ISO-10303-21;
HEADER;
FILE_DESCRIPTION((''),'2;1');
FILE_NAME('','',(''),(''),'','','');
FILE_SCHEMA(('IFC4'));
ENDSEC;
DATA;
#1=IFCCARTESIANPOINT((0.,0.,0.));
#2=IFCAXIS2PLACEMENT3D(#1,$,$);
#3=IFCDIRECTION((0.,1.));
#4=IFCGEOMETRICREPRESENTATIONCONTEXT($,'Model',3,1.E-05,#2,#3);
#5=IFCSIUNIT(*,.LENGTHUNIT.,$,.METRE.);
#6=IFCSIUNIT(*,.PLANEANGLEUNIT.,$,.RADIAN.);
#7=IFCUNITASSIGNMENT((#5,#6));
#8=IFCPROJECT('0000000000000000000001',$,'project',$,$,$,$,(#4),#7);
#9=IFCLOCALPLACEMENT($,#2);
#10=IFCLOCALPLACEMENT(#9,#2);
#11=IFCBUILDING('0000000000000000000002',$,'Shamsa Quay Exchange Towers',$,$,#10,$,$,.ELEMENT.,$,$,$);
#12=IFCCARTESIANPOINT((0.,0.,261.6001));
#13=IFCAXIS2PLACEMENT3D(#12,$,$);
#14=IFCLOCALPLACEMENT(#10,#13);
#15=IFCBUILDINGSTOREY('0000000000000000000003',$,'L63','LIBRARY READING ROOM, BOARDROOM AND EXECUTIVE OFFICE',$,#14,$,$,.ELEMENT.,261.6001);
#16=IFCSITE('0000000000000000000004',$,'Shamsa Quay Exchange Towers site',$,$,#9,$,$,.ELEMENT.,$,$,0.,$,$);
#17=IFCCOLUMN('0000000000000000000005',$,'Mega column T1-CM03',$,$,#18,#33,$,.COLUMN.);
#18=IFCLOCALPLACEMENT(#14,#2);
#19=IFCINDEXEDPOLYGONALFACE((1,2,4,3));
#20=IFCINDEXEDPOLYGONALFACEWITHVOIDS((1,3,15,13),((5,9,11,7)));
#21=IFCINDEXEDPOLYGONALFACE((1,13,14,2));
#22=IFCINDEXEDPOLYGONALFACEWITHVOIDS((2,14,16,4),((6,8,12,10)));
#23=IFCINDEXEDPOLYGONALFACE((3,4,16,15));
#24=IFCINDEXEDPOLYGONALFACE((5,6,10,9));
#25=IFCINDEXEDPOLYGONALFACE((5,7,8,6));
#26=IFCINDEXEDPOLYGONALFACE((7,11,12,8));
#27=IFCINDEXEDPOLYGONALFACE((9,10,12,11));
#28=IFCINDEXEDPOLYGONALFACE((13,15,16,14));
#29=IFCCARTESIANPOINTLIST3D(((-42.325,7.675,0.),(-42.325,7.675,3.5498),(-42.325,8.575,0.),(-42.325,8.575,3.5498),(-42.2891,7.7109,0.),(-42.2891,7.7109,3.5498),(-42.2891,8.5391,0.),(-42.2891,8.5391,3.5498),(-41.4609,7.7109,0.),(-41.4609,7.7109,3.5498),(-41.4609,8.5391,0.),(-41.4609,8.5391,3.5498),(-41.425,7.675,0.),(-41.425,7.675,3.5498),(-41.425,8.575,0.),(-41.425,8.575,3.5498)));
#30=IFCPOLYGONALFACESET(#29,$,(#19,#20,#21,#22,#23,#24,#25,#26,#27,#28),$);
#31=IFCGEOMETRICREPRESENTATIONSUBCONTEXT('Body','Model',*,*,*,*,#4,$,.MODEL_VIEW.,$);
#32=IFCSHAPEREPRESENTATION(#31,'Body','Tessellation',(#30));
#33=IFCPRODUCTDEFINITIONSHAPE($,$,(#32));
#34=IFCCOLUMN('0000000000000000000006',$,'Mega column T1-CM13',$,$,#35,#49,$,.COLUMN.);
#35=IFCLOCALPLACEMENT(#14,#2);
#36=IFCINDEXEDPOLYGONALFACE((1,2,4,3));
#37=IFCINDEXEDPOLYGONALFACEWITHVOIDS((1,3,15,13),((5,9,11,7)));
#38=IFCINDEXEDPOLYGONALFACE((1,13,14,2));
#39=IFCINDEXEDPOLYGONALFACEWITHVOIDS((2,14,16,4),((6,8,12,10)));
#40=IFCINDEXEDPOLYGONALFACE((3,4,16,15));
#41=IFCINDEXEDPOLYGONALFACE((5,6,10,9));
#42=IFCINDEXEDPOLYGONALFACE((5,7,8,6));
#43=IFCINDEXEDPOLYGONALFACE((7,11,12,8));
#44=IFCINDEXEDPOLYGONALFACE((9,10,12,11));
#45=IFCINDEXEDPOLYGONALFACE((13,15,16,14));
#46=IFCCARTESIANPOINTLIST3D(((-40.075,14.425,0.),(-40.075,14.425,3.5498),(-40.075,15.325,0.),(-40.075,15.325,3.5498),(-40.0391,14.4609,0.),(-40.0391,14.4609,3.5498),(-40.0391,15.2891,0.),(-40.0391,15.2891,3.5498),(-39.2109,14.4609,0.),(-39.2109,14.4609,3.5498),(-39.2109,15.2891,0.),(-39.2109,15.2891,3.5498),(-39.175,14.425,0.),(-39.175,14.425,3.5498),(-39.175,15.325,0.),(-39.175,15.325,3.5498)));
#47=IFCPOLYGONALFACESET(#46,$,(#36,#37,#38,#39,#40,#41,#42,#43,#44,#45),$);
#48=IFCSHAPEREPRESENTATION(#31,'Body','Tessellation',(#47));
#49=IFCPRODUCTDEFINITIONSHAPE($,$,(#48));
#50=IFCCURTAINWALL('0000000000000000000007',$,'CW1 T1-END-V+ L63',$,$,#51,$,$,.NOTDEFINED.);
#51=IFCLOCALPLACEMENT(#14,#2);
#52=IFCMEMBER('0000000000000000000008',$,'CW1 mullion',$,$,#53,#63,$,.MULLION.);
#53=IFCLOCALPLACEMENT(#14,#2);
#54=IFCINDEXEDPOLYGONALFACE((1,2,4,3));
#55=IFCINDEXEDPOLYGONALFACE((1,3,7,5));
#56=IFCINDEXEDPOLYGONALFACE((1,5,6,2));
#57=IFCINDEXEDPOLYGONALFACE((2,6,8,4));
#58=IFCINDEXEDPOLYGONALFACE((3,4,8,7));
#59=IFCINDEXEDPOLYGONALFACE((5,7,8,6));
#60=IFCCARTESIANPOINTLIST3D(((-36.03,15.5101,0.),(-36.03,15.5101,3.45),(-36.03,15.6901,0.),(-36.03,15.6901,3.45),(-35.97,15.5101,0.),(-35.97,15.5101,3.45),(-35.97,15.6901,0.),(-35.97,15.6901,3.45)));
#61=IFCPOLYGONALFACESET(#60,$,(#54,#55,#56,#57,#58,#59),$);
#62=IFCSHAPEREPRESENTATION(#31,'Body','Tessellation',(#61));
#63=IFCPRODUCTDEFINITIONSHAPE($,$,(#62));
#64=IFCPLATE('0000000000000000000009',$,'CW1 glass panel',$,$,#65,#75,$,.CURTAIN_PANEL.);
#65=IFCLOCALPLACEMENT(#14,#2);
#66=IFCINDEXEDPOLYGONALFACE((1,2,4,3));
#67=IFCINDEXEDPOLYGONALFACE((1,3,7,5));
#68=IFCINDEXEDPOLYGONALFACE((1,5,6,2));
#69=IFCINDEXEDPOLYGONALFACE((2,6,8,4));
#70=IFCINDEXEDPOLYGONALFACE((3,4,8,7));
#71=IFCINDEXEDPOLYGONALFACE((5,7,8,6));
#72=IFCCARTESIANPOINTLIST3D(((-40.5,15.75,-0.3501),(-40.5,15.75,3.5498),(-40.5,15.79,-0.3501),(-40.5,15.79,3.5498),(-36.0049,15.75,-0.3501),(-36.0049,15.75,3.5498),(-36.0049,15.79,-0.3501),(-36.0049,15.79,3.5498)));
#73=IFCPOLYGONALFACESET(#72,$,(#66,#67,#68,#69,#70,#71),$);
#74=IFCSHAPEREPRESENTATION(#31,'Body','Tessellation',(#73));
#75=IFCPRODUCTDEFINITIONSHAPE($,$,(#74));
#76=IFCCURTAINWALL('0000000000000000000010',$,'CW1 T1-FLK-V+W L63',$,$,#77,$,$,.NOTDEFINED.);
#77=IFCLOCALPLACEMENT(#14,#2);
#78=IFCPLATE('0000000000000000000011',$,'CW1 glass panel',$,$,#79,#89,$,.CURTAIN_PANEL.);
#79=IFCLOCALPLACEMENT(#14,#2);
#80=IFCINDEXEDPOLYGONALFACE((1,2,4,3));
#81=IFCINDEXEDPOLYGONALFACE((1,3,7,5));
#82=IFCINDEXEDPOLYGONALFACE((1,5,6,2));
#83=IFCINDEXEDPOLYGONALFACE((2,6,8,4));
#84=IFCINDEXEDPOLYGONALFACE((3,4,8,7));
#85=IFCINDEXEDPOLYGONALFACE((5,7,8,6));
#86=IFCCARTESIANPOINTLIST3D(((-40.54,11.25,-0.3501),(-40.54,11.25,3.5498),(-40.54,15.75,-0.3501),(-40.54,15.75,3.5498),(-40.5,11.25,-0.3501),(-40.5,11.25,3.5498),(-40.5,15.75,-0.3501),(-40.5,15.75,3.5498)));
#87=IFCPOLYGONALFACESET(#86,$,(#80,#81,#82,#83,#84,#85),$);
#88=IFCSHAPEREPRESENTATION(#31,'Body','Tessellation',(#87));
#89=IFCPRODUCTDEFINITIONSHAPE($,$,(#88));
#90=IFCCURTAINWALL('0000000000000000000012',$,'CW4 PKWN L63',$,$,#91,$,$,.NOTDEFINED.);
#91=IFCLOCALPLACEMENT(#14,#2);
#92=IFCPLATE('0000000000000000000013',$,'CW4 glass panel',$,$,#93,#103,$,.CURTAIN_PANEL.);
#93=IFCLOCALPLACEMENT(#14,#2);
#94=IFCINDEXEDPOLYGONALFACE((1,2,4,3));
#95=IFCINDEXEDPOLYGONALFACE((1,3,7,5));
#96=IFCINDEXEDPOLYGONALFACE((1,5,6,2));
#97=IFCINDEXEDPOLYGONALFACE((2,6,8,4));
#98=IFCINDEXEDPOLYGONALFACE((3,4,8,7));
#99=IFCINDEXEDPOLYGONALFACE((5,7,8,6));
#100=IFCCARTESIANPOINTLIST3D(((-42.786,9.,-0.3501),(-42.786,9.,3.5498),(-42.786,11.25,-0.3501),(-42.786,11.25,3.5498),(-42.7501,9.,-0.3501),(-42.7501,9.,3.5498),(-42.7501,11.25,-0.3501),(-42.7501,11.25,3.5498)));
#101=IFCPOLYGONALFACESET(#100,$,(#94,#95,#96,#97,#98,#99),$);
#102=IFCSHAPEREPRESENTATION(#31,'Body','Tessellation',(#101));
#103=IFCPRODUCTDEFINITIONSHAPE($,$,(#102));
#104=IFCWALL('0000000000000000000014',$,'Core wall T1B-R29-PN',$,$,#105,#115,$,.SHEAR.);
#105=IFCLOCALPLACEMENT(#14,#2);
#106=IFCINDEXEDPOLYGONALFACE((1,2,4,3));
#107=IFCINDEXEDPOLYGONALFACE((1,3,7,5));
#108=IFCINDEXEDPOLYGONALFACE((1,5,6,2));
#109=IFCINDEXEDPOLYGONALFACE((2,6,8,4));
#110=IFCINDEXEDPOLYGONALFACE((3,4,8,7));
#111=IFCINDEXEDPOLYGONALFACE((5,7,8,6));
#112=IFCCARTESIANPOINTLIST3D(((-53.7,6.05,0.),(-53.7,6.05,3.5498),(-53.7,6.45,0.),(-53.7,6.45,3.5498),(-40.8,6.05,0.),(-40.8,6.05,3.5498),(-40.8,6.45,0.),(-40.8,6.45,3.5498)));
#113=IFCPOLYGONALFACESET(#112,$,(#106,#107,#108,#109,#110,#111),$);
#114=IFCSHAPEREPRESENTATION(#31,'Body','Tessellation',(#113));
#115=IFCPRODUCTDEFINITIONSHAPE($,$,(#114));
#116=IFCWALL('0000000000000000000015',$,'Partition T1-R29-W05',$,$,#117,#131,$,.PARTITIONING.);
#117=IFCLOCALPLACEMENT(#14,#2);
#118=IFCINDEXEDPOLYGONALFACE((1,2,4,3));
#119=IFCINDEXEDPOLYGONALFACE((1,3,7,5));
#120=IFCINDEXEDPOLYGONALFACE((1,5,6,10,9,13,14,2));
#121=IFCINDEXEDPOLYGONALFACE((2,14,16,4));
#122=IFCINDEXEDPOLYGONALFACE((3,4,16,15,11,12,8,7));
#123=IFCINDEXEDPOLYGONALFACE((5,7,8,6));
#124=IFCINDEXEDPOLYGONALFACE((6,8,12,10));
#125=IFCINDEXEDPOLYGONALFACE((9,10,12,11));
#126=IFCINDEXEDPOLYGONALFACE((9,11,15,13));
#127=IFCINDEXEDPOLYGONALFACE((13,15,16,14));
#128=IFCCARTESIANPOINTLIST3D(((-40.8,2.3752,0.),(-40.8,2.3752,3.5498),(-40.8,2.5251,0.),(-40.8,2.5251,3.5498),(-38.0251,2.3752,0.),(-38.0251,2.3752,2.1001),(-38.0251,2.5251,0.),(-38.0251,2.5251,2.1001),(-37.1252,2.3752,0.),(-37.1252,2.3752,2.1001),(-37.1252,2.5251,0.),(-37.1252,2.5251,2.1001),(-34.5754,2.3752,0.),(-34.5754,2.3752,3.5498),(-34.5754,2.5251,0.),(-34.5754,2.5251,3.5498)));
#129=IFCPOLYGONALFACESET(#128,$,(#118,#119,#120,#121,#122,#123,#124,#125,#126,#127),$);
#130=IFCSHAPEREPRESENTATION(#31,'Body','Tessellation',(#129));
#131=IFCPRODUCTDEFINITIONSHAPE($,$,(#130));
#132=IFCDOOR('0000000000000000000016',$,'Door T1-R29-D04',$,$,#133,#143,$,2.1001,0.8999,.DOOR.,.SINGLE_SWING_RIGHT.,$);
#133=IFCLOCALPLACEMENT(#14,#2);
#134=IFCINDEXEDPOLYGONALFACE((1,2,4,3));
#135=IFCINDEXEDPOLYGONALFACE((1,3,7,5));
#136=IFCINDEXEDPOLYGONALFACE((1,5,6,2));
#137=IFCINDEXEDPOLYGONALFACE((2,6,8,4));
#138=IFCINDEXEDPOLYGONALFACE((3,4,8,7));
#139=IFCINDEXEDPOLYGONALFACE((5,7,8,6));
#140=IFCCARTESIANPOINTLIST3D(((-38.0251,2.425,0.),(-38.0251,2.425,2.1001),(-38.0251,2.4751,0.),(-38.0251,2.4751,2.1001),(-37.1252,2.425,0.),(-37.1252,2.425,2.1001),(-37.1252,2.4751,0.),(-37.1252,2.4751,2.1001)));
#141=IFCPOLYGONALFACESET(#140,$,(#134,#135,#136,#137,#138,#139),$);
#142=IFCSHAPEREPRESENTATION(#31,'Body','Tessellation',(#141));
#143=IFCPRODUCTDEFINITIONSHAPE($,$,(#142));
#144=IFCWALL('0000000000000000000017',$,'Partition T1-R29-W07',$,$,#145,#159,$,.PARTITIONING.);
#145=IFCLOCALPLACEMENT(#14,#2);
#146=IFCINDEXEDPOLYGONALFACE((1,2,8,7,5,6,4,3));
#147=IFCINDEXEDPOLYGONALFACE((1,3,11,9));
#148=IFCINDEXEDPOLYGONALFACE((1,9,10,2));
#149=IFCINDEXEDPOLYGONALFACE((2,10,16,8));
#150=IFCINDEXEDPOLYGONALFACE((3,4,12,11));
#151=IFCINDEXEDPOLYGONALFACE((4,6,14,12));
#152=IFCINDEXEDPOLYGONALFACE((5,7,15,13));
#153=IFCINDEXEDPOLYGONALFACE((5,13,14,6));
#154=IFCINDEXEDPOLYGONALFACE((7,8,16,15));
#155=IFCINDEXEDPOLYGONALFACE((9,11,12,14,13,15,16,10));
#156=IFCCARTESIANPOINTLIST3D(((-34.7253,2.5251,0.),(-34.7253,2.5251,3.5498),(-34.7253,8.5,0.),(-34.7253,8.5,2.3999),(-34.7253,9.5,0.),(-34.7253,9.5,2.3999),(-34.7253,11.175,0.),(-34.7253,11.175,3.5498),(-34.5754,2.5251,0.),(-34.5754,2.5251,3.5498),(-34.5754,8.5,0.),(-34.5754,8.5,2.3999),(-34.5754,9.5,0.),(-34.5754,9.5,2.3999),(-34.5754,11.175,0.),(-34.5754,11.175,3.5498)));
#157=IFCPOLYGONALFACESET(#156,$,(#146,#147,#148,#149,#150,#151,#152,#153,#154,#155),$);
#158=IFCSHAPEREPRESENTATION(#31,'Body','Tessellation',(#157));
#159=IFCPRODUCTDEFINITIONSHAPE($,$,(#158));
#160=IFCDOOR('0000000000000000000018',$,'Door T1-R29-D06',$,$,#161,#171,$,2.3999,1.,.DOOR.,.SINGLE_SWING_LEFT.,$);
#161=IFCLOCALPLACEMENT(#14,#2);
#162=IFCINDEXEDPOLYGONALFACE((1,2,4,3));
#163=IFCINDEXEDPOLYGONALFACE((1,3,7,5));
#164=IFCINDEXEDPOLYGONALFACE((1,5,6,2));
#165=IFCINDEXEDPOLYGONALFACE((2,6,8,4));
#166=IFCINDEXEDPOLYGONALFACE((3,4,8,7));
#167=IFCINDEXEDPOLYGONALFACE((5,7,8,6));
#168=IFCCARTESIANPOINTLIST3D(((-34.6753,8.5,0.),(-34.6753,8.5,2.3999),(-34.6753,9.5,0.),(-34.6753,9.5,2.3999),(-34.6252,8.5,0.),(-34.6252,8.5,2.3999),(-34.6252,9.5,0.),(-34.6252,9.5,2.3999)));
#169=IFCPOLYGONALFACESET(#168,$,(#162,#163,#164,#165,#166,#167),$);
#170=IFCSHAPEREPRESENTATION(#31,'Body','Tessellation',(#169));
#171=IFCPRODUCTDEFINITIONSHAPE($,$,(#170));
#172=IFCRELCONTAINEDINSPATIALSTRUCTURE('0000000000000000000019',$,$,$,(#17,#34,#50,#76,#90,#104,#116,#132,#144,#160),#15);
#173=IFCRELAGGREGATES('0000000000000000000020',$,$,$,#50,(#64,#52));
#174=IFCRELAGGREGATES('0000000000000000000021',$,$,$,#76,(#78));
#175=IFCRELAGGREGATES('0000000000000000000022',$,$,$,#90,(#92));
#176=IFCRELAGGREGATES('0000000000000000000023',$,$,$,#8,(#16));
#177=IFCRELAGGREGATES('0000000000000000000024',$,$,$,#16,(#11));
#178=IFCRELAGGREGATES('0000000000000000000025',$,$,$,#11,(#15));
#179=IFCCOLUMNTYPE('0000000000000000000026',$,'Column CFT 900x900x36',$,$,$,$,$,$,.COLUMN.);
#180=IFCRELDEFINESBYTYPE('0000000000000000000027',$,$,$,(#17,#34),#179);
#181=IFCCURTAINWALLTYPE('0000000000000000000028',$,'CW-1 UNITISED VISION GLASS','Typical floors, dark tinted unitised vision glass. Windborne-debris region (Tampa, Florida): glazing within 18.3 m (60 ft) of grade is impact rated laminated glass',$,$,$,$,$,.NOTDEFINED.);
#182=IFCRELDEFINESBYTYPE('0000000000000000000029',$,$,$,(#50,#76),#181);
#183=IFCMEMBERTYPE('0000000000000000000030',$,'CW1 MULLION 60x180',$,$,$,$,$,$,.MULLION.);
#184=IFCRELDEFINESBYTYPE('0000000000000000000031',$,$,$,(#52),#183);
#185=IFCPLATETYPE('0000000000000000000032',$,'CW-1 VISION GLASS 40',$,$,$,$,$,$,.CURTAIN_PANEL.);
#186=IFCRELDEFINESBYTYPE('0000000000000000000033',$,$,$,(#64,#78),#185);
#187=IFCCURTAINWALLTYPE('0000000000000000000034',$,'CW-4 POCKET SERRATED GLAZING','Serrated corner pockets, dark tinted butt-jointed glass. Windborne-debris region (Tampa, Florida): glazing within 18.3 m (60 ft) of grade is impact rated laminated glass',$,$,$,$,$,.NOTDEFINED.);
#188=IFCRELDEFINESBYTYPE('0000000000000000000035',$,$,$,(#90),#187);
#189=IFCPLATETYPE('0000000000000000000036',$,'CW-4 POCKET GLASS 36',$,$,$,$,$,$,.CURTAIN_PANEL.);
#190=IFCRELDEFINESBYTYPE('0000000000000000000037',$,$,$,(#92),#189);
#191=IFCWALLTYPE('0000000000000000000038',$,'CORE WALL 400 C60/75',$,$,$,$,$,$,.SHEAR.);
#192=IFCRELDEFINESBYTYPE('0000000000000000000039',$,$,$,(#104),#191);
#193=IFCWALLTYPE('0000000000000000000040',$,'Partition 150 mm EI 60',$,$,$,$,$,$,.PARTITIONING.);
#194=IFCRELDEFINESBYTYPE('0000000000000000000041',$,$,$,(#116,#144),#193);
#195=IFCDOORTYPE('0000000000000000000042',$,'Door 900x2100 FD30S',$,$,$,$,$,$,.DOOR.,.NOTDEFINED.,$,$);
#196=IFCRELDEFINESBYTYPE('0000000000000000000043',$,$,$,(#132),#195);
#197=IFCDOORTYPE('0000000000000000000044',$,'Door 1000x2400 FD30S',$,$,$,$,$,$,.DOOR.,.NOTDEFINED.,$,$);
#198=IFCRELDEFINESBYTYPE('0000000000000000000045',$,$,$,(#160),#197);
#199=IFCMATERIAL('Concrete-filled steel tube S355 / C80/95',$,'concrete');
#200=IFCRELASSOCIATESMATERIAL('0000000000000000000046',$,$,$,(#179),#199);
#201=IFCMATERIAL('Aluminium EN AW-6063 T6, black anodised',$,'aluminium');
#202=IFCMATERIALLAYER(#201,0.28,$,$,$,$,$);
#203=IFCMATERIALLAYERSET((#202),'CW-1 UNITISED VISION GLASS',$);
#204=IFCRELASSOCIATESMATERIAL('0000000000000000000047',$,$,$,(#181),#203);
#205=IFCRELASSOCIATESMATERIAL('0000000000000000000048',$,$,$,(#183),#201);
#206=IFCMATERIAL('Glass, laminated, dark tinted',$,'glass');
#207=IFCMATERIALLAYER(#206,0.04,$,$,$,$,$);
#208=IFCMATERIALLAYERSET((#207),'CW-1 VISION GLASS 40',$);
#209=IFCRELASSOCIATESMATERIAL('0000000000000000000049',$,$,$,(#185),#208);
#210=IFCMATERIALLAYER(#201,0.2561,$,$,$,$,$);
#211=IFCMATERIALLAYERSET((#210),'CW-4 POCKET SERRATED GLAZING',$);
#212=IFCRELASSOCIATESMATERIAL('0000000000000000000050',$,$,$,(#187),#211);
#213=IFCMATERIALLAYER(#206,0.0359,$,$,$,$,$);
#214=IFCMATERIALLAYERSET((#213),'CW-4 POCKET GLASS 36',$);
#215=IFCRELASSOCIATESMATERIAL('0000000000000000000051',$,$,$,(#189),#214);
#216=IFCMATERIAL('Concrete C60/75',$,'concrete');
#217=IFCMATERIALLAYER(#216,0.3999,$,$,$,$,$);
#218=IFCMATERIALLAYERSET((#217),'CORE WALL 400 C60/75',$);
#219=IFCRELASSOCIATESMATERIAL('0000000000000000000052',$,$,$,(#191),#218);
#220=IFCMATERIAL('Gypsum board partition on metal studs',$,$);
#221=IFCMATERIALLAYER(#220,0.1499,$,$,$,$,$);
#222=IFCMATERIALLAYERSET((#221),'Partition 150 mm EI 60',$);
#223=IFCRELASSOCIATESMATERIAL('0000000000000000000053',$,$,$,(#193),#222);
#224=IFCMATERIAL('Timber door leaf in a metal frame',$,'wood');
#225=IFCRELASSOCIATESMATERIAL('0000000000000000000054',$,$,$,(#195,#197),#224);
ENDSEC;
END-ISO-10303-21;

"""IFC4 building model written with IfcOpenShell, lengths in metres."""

from ifc_helpers import new_model, si_unit, direction, frame, frame_2d, origin, origin_2d, place, context, subcontext, project, spatial, rectangle, hollow_rectangle, extrude, material, layer, layer_set, material_profile, profile_set, type_object, element, fill, aggregate, save


model = new_model("IFC4")

# Units and contexts
model_context = context("Model", 3, precision=1e-05, world=origin(), true_north=direction((0.0, 1.0)))
body_context = subcontext(model_context, "Body", "Model", "MODEL_VIEW")
ifc_project = project(units=[si_unit("LENGTHUNIT", "METRE"), si_unit("PLANEANGLEUNIT", "RADIAN")], contexts=[model_context])

# Site, building, storey
site_placement = place(None, origin())
site = spatial("IfcSite", under=ifc_project, at=site_placement, Name="Shamsa Quay Exchange Towers site", CompositionType="ELEMENT", RefElevation=0.0)
building_placement = place(site_placement, origin())
building = spatial("IfcBuilding", under=site, at=building_placement, Name="Shamsa Quay Exchange Towers", CompositionType="ELEMENT")
storey_placement = place(building_placement, frame((0.0, 0.0, 261.6001)))
storey = spatial("IfcBuildingStorey", under=building, at=storey_placement, Name="L63", Description="LIBRARY READING ROOM, BOARDROOM AND EXECUTIVE OFFICE", CompositionType="ELEMENT", Elevation=261.6001)

# Columns
ifc_material_1 = material(Name="Concrete-filled steel tube S355 / C80/95", Category="concrete")
ifc_material_profile_1 = material_profile(ifc_material_1, hollow_rectangle(XDim=0.8999, YDim=0.8999, WallThickness=0.0359, at=origin_2d()), Name="CFT 900x900x36")
ifc_profile_set_1 = profile_set([ifc_material_profile_1], Name="Concrete-filled steel tube S355 / C80/95")
column_type = type_object("IfcColumnType", Name="Column CFT 900x900x36", PredefinedType="COLUMN", material=ifc_profile_set_1)
for number, where, name in (
    (1, (-41.875, 8.125, 0.0), "Mega column T1-CM03"),
    (2, (-39.625, 14.875, 0.0), "Mega column T1-CM13"),
):
    element("IfcColumn", number, at=place(storey_placement, frame(where)), inside=storey, type_object=column_type, Name=name, PredefinedType="COLUMN", context=body_context, shape_type="SweptSolid", body=[
        extrude(hollow_rectangle(XDim=0.8999, YDim=0.8999, WallThickness=0.0359, at=origin_2d()), origin(), (0.0, 0.0, 1.0), 3.5498),
    ])

# Curtain wall, member, plate
ifc_material_2 = material(Name="Aluminium EN AW-6063 T6, black anodised", Category="aluminium")
ifc_layer_1 = layer(ifc_material_2, 0.28)
ifc_layer_set_1 = layer_set([ifc_layer_1], Name="CW-1 UNITISED VISION GLASS")
curtain_wall_type_1 = type_object("IfcCurtainWallType", Name="CW-1 UNITISED VISION GLASS", Description="Typical floors, dark tinted unitised vision glass. Windborne-debris region (Tampa, Florida): glazing within 18.3 m (60 ft) of grade is impact rated laminated glass", PredefinedType="NOTDEFINED", material=ifc_layer_set_1)
curtain_wall_1_placement = place(storey_placement, origin())
curtain_wall_1 = element("IfcCurtainWall", 3, at=curtain_wall_1_placement, inside=storey, type_object=curtain_wall_type_1, Name="CW1 T1-END-V+ L63", PredefinedType="NOTDEFINED")
ifc_material_profile_2 = material_profile(ifc_material_2, rectangle(XDim=0.1799, YDim=0.0601, at=origin_2d()), Name="MU60x180")
ifc_profile_set_2 = profile_set([ifc_material_profile_2], Name="Aluminium EN AW-6063 T6, black anodised")
member_type = type_object("IfcMemberType", Name="CW1 MULLION 60x180", PredefinedType="MULLION", material=ifc_profile_set_2)
member_placement = place(storey_placement, frame((-36.0, 15.6001, 0.0), z_axis=(0.0, 0.0, 1.0), x_axis=(0.0, -1.0, 0.0)))
member = element("IfcMember", 4, at=member_placement, type_object=member_type, Name="CW1 mullion", PredefinedType="MULLION", context=body_context, shape_type="SweptSolid", body=[
    extrude(rectangle(XDim=0.1799, YDim=0.0601, at=origin_2d()), origin(), (0.0, 0.0, 1.0), 3.45),
])
ifc_material_3 = material(Name="Glass, laminated, dark tinted", Category="glass")
ifc_layer_2 = layer(ifc_material_3, 0.04)
ifc_layer_set_2 = layer_set([ifc_layer_2], Name="CW-1 VISION GLASS 40")
plate_type_1 = type_object("IfcPlateType", Name="CW-1 VISION GLASS 40", PredefinedType="CURTAIN_PANEL", material=ifc_layer_set_2)
plate_1_placement = place(storey_placement, frame((-38.2524, 15.77, -0.3501), z_axis=(0.0, 0.0, 1.0), x_axis=(-1.0, 0.0, 0.0)))
plate_1 = element("IfcPlate", 5, at=plate_1_placement, type_object=plate_type_1, Name="CW1 glass panel", PredefinedType="CURTAIN_PANEL", context=body_context, shape_type="SweptSolid", body=[
    extrude(rectangle(XDim=4.4951, YDim=0.04, at=origin_2d()), origin(), (0.0, 0.0, 1.0), 3.8999),
])
aggregate(curtain_wall_1, [plate_1, member])

# Curtain walls, plates
curtain_wall_2_placement = place(storey_placement, origin())
curtain_wall_2 = element("IfcCurtainWall", 6, at=curtain_wall_2_placement, inside=storey, type_object=curtain_wall_type_1, Name="CW1 T1-FLK-V+W L63", PredefinedType="NOTDEFINED")
plate_2_placement = place(storey_placement, frame((-40.52, 13.5, -0.3501), z_axis=(0.0, 0.0, 1.0), x_axis=(0.0, -1.0, 0.0)))
plate_2 = element("IfcPlate", 7, at=plate_2_placement, type_object=plate_type_1, Name="CW1 glass panel", PredefinedType="CURTAIN_PANEL", context=body_context, shape_type="SweptSolid", body=[
    extrude(rectangle(XDim=4.5, YDim=0.04, at=origin_2d()), origin(), (0.0, 0.0, 1.0), 3.8999),
])
aggregate(curtain_wall_2, [plate_2])
ifc_layer_3 = layer(ifc_material_2, 0.2561)
ifc_layer_set_3 = layer_set([ifc_layer_3], Name="CW-4 POCKET SERRATED GLAZING")
curtain_wall_type_2 = type_object("IfcCurtainWallType", Name="CW-4 POCKET SERRATED GLAZING", Description="Serrated corner pockets, dark tinted butt-jointed glass. Windborne-debris region (Tampa, Florida): glazing within 18.3 m (60 ft) of grade is impact rated laminated glass", PredefinedType="NOTDEFINED", material=ifc_layer_set_3)
curtain_wall_3_placement = place(storey_placement, origin())
curtain_wall_3 = element("IfcCurtainWall", 8, at=curtain_wall_3_placement, inside=storey, type_object=curtain_wall_type_2, Name="CW4 PKWN L63", PredefinedType="NOTDEFINED")
ifc_layer_4 = layer(ifc_material_3, 0.0359)
ifc_layer_set_4 = layer_set([ifc_layer_4], Name="CW-4 POCKET GLASS 36")
plate_type_2 = type_object("IfcPlateType", Name="CW-4 POCKET GLASS 36", PredefinedType="CURTAIN_PANEL", material=ifc_layer_set_4)
plate_3_placement = place(storey_placement, frame((-42.7681, 10.125, -0.3501), z_axis=(0.0, 0.0, 1.0), x_axis=(0.0, -1.0, 0.0)))
plate_3 = element("IfcPlate", 9, at=plate_3_placement, type_object=plate_type_2, Name="CW4 glass panel", PredefinedType="CURTAIN_PANEL", context=body_context, shape_type="SweptSolid", body=[
    extrude(rectangle(XDim=2.25, YDim=0.0359, at=origin_2d()), origin(), (0.0, 0.0, 1.0), 3.8999),
])
aggregate(curtain_wall_3, [plate_3])

# Wall
ifc_material_4 = material(Name="Concrete C60/75", Category="concrete")
ifc_layer_5 = layer(ifc_material_4, 0.3999)
ifc_layer_set_5 = layer_set([ifc_layer_5], Name="CORE WALL 400 C60/75")
wall_type_1 = type_object("IfcWallType", Name="CORE WALL 400 C60/75", PredefinedType="SHEAR", material=ifc_layer_set_5)
wall_1_placement = place(storey_placement, frame((-40.8, 6.25, 0.0), z_axis=(0.0, 0.0, 1.0), x_axis=(-1.0, 0.0, 0.0)))
element("IfcWall", 10, at=wall_1_placement, inside=storey, type_object=wall_type_1, Name="Core wall T1B-R29-PN", PredefinedType="SHEAR", context=body_context, shape_type="SweptSolid", body=[
    extrude(rectangle(XDim=12.8999, YDim=0.3999, at=frame_2d((6.45, 0.0))), origin(), (0.0, 0.0, 1.0), 3.5498),
])

# Walls, openings, doors
ifc_material_5 = material(Name="Gypsum board partition on metal studs")
ifc_layer_6 = layer(ifc_material_5, 0.1499)
ifc_layer_set_6 = layer_set([ifc_layer_6], Name="Partition 150 mm EI 60")
wall_type_2 = type_object("IfcWallType", Name="Partition 150 mm EI 60", PredefinedType="PARTITIONING", material=ifc_layer_set_6)
wall_2_placement = place(storey_placement, frame((-40.8, 2.4502, 0.0)))
wall_2 = element("IfcWall", 11, at=wall_2_placement, inside=storey, type_object=wall_type_2, Name="Partition T1-R29-W05", PredefinedType="PARTITIONING", context=body_context, shape_type="SweptSolid", body=[
    extrude(rectangle(XDim=6.2246, YDim=0.1499, at=frame_2d((3.1123, 0.0))), origin(), (0.0, 0.0, 1.0), 3.5498),
])
opening_1_placement = place(wall_2_placement, frame((2.7749, 0.0, 0.0)))
opening_1 = element("IfcOpeningElement", 12, at=opening_1_placement, cuts=wall_2, PredefinedType="OPENING", context=body_context, shape_type="SweptSolid", body=[
    extrude(rectangle(XDim=0.8999, YDim=2.1001, at=frame_2d((0.45, 1.05))), frame((0.0, 0.085, 0.0), z_axis=(0.0, -1.0, 0.0), x_axis=(1.0, 0.0, 0.0)), (0.0, 0.0, 1.0), 0.1699),
])
ifc_material_6 = material(Name="Timber door leaf in a metal frame", Category="wood")
door_type_1 = type_object("IfcDoorType", Name="Door 900x2100 FD30S", OperationType="NOTDEFINED", PredefinedType="DOOR", material=ifc_material_6)
door_1_placement = place(opening_1_placement, origin())
door_1 = element("IfcDoor", 13, at=door_1_placement, inside=storey, type_object=door_type_1, Name="Door T1-R29-D04", OperationType="SINGLE_SWING_RIGHT", OverallHeight=2.1001, OverallWidth=0.8999, PredefinedType="DOOR", context=body_context, shape_type="SweptSolid", body=[
    extrude(rectangle(XDim=0.8999, YDim=2.1001, at=frame_2d((0.45, 1.05))), frame((0.0, 0.0249, 0.0), z_axis=(0.0, -1.0, 0.0), x_axis=(1.0, 0.0, 0.0)), (0.0, 0.0, 1.0), 0.05),
])
fill(opening_1, door_1)
wall_3_placement = place(storey_placement, frame((-34.6504, 2.5251, 0.0), z_axis=(0.0, 0.0, 1.0), x_axis=(0.0, 1.0, 0.0)))
wall_3 = element("IfcWall", 14, at=wall_3_placement, inside=storey, type_object=wall_type_2, Name="Partition T1-R29-W07", PredefinedType="PARTITIONING", context=body_context, shape_type="SweptSolid", body=[
    extrude(rectangle(XDim=8.6499, YDim=0.1499, at=frame_2d((4.325, 0.0))), origin(), (0.0, 0.0, 1.0), 3.5498),
])
opening_2_placement = place(wall_3_placement, frame((5.9749, 0.0, 0.0)))
opening_2 = element("IfcOpeningElement", 15, at=opening_2_placement, cuts=wall_3, PredefinedType="OPENING", context=body_context, shape_type="SweptSolid", body=[
    extrude(rectangle(XDim=1.0, YDim=2.3999, at=frame_2d((0.5, 1.2))), frame((0.0, 0.085, 0.0), z_axis=(0.0, -1.0, 0.0), x_axis=(1.0, 0.0, 0.0)), (0.0, 0.0, 1.0), 0.1699),
])
door_type_2 = type_object("IfcDoorType", Name="Door 1000x2400 FD30S", OperationType="NOTDEFINED", PredefinedType="DOOR", material=ifc_material_6)
door_2_placement = place(opening_2_placement, origin())
door_2 = element("IfcDoor", 16, at=door_2_placement, inside=storey, type_object=door_type_2, Name="Door T1-R29-D06", OperationType="SINGLE_SWING_LEFT", OverallHeight=2.3999, OverallWidth=1.0, PredefinedType="DOOR", context=body_context, shape_type="SweptSolid", body=[
    extrude(rectangle(XDim=1.0, YDim=2.3999, at=frame_2d((0.5, 1.2))), frame((0.0, 0.0249, 0.0), z_axis=(0.0, -1.0, 0.0), x_axis=(1.0, 0.0, 0.0)), (0.0, 0.0, 1.0), 0.05),
])
fill(opening_2, door_2)

save(model, "model.ifc")
